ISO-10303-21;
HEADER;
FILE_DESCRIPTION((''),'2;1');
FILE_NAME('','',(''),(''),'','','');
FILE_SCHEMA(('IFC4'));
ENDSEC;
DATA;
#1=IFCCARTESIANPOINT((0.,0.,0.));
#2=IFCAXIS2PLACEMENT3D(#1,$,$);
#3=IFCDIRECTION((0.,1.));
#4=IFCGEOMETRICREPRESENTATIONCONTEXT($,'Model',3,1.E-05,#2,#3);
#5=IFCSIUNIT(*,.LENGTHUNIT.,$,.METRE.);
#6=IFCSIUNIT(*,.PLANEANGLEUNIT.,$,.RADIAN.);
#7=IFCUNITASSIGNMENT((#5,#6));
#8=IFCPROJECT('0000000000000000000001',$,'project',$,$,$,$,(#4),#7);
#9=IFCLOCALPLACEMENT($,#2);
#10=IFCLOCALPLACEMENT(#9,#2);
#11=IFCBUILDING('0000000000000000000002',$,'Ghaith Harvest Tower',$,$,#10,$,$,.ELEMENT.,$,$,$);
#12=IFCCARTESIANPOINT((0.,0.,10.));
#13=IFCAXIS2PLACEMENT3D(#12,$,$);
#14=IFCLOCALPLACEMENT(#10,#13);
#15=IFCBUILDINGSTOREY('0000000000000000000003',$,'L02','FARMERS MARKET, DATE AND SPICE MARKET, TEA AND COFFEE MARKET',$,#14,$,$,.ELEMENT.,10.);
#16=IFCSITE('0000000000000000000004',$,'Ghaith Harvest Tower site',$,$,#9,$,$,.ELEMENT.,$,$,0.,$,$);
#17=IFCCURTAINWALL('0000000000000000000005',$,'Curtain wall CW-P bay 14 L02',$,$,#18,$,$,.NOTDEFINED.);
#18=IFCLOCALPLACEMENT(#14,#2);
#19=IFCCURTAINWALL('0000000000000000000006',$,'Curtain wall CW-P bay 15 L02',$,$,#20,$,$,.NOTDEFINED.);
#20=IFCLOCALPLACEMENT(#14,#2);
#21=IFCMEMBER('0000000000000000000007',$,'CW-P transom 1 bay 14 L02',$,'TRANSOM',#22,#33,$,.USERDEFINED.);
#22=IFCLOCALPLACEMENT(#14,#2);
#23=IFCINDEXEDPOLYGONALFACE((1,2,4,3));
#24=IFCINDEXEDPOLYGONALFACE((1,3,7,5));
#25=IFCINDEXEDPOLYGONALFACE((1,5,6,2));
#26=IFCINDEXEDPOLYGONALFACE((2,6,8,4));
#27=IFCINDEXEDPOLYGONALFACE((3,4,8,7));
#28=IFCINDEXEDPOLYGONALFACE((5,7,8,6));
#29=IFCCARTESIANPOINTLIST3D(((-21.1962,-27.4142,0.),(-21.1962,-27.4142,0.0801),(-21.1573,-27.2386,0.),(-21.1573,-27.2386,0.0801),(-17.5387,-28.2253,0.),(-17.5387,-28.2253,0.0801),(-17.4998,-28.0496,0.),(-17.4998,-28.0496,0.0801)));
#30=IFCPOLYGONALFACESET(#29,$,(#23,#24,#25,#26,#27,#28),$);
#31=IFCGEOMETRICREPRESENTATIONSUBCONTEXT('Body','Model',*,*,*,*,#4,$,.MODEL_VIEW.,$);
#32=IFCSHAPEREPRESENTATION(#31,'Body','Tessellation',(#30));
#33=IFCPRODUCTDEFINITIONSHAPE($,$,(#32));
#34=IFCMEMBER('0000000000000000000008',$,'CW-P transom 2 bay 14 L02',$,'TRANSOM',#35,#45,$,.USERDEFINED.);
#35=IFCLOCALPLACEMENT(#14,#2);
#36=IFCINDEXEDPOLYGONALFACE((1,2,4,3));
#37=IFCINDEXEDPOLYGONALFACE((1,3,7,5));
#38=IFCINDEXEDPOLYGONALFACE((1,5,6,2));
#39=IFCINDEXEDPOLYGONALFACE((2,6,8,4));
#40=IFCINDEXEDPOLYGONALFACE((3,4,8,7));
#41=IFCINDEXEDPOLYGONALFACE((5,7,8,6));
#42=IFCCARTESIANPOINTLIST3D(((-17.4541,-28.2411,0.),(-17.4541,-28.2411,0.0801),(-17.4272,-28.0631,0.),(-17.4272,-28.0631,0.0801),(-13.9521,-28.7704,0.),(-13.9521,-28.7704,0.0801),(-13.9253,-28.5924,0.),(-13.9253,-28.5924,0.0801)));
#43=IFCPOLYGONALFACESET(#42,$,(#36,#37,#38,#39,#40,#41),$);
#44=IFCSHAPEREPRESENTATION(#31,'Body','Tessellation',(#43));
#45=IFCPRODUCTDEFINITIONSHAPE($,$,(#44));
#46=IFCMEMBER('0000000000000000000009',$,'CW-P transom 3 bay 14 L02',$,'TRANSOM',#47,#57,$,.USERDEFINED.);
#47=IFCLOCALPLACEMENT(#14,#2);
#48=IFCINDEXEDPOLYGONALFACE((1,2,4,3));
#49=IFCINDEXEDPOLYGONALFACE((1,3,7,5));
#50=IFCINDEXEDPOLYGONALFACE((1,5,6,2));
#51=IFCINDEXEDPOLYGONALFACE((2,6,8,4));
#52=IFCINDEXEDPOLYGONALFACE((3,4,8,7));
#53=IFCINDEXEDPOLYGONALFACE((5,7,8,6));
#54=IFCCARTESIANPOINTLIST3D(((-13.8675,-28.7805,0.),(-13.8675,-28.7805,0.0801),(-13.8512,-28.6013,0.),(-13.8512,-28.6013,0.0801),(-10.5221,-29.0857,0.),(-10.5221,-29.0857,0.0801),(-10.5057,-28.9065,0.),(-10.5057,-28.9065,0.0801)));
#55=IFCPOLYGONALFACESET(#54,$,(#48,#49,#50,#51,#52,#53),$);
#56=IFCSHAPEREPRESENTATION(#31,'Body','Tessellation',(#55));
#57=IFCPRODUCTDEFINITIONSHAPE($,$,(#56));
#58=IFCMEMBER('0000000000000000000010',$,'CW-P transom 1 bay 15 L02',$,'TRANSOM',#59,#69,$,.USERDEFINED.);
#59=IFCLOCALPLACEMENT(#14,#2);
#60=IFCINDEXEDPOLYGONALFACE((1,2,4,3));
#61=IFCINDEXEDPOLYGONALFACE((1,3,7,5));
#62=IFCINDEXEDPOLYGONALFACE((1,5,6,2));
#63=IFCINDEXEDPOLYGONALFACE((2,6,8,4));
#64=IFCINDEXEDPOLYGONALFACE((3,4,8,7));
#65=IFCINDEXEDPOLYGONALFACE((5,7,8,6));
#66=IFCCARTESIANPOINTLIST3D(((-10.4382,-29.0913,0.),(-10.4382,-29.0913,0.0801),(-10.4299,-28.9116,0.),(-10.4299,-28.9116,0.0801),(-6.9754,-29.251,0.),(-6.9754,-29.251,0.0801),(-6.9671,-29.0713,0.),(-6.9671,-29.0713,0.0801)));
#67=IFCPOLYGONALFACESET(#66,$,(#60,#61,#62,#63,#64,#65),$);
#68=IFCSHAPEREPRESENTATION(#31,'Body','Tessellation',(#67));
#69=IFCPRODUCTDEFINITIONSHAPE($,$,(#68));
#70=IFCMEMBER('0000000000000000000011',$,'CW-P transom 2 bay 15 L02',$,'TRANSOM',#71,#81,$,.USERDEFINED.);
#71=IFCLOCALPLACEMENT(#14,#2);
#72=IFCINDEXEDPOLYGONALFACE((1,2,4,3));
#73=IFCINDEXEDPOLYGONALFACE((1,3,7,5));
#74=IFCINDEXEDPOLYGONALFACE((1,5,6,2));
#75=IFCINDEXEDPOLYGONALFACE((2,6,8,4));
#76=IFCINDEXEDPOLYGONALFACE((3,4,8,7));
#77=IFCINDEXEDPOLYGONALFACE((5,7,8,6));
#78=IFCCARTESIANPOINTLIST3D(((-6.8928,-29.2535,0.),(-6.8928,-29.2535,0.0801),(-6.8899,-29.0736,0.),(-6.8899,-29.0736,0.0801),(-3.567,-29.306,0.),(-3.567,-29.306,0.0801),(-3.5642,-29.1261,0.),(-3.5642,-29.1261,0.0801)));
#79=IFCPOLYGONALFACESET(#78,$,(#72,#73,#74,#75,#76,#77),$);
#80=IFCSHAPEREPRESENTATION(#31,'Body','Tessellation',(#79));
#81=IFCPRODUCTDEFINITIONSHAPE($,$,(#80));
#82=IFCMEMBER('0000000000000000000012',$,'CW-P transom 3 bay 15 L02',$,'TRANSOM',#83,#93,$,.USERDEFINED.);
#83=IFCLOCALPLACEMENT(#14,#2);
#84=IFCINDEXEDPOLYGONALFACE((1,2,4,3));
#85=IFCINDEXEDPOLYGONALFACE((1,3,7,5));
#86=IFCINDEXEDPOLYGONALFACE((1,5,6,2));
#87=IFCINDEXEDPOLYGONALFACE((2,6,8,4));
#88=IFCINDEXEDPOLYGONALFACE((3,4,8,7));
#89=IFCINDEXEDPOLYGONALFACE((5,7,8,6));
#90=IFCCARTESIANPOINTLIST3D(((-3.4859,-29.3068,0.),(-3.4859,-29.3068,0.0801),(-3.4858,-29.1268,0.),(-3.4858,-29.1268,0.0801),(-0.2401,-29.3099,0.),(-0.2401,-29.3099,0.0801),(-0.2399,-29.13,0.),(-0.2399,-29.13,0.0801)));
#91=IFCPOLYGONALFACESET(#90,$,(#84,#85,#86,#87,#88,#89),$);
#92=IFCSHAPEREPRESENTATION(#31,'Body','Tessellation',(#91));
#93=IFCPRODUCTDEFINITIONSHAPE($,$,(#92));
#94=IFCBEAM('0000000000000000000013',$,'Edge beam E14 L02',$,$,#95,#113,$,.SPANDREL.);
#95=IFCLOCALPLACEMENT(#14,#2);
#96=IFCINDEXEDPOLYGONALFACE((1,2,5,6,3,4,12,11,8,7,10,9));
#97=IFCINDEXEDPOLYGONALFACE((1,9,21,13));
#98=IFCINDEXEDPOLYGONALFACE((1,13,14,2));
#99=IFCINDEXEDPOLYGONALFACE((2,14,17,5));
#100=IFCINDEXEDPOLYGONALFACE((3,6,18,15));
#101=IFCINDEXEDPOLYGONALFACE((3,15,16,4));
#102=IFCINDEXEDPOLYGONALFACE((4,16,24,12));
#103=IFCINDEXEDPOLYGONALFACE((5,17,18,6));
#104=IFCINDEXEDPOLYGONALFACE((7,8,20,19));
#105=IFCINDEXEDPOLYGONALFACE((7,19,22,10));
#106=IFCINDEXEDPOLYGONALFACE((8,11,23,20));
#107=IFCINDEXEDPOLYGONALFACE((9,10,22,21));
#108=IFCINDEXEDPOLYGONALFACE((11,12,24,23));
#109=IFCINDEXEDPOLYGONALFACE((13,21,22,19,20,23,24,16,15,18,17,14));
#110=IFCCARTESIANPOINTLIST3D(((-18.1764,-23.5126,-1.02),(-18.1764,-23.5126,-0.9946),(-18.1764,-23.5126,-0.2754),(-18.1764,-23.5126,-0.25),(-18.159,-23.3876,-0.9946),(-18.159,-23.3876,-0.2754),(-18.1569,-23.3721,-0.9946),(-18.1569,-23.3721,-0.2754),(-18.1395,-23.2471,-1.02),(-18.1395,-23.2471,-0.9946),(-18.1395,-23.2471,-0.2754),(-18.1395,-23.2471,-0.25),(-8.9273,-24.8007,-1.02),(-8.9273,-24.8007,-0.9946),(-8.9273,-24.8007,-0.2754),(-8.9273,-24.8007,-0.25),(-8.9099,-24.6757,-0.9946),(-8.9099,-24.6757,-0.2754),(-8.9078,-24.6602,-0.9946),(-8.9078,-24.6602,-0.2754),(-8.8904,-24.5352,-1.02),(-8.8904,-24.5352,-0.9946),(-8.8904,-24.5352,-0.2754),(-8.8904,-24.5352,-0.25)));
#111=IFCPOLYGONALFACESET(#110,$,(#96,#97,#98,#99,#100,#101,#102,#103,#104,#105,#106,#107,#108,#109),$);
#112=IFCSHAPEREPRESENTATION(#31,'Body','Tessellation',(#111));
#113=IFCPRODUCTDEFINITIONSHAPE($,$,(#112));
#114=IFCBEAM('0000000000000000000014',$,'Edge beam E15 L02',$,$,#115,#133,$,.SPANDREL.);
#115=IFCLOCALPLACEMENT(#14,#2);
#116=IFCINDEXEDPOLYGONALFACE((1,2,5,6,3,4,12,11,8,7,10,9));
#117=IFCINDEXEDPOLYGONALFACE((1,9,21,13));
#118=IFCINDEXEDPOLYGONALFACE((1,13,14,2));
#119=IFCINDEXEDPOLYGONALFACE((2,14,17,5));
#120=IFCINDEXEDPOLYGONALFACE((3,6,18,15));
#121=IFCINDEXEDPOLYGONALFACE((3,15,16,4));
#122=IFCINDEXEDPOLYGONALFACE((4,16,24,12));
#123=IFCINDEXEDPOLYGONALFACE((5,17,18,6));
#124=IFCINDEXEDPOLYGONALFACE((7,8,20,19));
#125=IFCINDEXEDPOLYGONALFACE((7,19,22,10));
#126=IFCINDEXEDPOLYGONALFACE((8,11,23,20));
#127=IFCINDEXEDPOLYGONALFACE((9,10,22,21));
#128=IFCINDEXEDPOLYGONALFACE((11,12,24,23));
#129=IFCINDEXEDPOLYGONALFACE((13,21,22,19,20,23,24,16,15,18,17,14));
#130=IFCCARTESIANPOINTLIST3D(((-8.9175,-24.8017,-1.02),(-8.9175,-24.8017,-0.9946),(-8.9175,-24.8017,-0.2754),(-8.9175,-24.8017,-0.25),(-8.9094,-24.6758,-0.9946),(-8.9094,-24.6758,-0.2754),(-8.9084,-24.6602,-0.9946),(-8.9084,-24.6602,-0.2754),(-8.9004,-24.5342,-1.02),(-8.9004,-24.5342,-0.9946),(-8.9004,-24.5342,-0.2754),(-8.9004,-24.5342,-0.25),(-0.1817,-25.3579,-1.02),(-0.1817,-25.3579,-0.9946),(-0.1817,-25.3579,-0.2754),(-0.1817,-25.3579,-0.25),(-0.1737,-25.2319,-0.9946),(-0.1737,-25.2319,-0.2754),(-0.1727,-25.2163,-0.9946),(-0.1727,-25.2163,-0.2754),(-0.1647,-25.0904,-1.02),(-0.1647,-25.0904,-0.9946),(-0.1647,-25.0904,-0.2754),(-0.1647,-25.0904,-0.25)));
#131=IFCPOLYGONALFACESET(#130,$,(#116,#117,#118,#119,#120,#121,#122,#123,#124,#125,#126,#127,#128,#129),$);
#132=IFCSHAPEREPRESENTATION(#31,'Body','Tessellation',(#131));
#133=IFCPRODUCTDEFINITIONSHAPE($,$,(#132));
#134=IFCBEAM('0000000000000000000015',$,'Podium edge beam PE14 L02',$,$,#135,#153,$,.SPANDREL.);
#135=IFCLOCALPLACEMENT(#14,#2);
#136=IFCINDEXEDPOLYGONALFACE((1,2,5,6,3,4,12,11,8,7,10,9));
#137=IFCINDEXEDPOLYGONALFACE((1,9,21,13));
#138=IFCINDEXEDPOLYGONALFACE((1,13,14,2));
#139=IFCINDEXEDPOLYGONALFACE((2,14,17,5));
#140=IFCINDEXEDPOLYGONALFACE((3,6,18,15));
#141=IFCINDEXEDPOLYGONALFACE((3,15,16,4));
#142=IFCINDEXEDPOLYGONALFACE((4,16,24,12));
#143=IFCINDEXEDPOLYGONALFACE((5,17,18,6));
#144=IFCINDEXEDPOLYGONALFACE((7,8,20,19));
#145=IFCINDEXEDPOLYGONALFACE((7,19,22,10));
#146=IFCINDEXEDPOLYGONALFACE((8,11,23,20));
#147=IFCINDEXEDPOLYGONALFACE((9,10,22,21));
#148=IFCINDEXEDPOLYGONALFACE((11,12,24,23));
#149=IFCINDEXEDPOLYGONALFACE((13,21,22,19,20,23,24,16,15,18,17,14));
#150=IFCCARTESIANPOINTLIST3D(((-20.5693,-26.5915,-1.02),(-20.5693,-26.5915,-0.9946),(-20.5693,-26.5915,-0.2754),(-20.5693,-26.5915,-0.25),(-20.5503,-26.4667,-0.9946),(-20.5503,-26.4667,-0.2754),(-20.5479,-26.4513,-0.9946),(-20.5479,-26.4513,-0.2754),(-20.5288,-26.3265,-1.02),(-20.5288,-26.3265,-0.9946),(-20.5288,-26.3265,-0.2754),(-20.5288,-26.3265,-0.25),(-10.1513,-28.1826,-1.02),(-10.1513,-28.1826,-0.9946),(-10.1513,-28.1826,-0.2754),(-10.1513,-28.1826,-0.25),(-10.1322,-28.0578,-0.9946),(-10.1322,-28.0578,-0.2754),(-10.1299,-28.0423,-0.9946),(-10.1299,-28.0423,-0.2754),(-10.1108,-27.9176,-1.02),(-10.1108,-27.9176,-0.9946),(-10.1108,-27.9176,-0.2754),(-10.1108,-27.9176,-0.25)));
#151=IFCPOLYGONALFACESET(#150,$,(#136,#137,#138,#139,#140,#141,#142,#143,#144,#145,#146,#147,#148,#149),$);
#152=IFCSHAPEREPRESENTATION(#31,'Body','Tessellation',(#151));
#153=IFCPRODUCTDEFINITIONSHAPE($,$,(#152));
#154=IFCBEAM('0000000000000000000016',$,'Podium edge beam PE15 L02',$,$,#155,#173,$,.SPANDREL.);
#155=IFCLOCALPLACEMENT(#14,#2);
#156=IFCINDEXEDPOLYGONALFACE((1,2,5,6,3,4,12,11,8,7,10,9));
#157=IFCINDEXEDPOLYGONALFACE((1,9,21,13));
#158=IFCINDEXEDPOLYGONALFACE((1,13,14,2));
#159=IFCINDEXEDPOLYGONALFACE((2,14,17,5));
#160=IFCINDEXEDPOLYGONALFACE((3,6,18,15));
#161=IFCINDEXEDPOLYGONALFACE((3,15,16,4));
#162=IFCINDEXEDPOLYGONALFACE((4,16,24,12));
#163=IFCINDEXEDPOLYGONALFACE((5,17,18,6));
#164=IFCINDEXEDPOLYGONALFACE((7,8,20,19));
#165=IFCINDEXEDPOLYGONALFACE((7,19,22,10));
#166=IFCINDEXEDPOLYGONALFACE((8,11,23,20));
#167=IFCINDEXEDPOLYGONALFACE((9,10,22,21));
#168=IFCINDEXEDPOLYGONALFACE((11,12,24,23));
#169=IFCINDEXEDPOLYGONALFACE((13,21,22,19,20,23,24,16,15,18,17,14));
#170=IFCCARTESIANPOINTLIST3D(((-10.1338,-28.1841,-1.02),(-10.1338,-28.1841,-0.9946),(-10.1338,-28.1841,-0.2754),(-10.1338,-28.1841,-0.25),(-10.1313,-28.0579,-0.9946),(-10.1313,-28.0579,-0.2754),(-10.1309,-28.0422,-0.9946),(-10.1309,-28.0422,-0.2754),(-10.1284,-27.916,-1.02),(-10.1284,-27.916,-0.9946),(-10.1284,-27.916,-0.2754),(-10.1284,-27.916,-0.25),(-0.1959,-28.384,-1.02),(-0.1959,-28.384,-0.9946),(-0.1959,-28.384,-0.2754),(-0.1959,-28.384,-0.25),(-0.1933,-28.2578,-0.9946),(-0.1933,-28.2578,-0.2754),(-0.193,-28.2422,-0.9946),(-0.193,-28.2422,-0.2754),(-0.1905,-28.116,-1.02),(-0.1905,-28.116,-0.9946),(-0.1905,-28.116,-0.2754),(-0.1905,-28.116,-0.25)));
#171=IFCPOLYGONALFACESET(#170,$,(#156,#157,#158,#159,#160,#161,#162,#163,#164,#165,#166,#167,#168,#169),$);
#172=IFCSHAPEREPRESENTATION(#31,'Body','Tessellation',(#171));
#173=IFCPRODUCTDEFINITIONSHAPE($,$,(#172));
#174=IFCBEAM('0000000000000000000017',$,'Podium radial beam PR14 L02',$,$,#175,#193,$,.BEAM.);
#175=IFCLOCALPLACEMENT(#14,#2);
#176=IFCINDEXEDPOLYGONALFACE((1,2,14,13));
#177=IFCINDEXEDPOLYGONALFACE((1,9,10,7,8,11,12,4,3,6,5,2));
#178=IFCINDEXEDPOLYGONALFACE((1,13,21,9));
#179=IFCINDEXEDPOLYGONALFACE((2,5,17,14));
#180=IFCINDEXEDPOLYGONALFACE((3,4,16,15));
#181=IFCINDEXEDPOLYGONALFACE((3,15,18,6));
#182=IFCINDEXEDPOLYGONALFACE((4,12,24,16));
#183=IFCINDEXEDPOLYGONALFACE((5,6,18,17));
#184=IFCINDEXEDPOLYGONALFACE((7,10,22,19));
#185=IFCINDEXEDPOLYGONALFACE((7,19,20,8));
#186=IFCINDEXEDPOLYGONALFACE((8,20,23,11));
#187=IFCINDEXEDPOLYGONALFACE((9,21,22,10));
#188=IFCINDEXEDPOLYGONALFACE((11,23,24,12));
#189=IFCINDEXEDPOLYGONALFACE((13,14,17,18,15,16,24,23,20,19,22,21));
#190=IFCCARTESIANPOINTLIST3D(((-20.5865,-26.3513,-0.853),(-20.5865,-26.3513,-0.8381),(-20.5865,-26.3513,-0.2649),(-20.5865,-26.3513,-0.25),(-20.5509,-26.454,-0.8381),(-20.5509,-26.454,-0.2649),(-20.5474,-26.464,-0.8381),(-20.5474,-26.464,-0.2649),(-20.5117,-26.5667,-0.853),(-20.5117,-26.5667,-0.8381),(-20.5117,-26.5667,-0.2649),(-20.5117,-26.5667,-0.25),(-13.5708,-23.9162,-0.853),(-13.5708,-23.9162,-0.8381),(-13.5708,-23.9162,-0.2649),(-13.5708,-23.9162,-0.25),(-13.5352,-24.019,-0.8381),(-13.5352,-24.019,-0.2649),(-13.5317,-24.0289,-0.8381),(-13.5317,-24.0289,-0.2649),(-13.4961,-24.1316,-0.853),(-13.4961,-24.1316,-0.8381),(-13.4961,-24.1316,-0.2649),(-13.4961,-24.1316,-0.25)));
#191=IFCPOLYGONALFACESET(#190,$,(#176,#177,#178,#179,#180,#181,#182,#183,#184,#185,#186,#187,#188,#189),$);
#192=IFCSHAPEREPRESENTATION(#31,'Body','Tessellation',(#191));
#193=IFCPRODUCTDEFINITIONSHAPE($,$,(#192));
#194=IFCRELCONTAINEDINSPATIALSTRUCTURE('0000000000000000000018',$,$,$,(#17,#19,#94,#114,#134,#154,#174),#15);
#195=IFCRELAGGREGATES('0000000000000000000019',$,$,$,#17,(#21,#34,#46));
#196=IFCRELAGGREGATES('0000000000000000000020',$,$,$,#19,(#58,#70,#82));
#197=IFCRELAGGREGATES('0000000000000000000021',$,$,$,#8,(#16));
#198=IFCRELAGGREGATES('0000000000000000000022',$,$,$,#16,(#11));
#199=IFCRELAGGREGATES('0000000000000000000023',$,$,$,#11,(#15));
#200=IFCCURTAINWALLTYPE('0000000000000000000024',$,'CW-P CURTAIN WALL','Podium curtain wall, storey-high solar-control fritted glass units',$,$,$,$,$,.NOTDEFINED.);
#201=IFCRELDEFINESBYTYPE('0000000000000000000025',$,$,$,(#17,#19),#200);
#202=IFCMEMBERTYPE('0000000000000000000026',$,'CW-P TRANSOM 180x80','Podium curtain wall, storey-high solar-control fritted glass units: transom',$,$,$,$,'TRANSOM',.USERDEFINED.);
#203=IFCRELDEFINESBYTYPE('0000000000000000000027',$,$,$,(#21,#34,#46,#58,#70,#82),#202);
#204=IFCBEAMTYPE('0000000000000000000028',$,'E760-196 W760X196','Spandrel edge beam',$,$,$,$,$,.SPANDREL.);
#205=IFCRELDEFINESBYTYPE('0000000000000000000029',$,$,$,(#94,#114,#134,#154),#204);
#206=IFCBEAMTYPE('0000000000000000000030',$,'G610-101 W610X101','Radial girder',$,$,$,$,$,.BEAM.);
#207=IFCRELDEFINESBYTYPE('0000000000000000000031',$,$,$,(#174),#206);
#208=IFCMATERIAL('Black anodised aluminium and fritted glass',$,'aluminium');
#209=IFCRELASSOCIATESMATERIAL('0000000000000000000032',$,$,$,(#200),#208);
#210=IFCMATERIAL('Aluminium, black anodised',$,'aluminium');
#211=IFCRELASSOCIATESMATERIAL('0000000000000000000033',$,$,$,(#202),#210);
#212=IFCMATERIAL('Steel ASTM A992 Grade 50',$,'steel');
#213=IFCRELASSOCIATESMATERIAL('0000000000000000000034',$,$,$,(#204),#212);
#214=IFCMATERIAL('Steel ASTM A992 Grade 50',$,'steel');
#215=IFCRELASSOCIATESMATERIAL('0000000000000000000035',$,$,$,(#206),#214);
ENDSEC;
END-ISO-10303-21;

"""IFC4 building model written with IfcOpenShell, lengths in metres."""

from ifc_helpers import new_model, si_unit, direction, frame, origin, origin_2d, place, context, subcontext, project, spatial, rectangle, i_section, extrude, material, material_profile, profile_set, type_object, element, aggregate, save


model = new_model("IFC4")

# Units and contexts
model_context = context("Model", 3, precision=1e-05, world=origin(), true_north=direction((0.0, 1.0)))
body_context = subcontext(model_context, "Body", "Model", "MODEL_VIEW")
ifc_project = project(units=[si_unit("LENGTHUNIT", "METRE"), si_unit("PLANEANGLEUNIT", "RADIAN")], contexts=[model_context])

# Site, building, storey
site_placement = place(None, origin())
site = spatial("IfcSite", under=ifc_project, at=site_placement, Name="Ghaith Harvest Tower site", CompositionType="ELEMENT", RefElevation=0.0)
building_placement = place(site_placement, origin())
building = spatial("IfcBuilding", under=site, at=building_placement, Name="Ghaith Harvest Tower", CompositionType="ELEMENT")
storey_placement = place(building_placement, frame((0.0, 0.0, 10.0)))
storey = spatial("IfcBuildingStorey", under=building, at=storey_placement, Name="L02", Description="FARMERS MARKET, DATE AND SPICE MARKET, TEA AND COFFEE MARKET", CompositionType="ELEMENT", Elevation=10.0)

# Curtain walls
ifc_material_1 = material(Name="Black anodised aluminium and fritted glass", Category="aluminium")
curtain_wall_type = type_object("IfcCurtainWallType", Name="CW-P CURTAIN WALL", Description="Podium curtain wall, storey-high solar-control fritted glass units", PredefinedType="NOTDEFINED", material=ifc_material_1)
curtain_wall_1_placement = place(storey_placement, origin())
curtain_wall_1 = element("IfcCurtainWall", 1, at=curtain_wall_1_placement, inside=storey, type_object=curtain_wall_type, Name="Curtain wall CW-P bay 14 L02", PredefinedType="NOTDEFINED")
curtain_wall_2_placement = place(storey_placement, origin())
curtain_wall_2 = element("IfcCurtainWall", 2, at=curtain_wall_2_placement, inside=storey, type_object=curtain_wall_type, Name="Curtain wall CW-P bay 15 L02", PredefinedType="NOTDEFINED")

# Members
ifc_material_2 = material(Name="Aluminium, black anodised", Category="aluminium")
ifc_material_profile_1 = material_profile(ifc_material_2, rectangle(XDim=0.1799, YDim=0.0801, at=origin_2d()), Name="CW-P TRANSOM 180x80")
ifc_profile_set_1 = profile_set([ifc_material_profile_1], Name="Aluminium, black anodised")
member_type_1 = type_object("IfcMemberType", Name="CW-P TRANSOM 180x80", Description="Podium curtain wall, storey-high solar-control fritted glass units: transom", ElementType="TRANSOM", PredefinedType="USERDEFINED", material=ifc_profile_set_1)
member_1_placement = place(storey_placement, frame((-21.1768, -27.3264, 0.04), z_axis=(0.976285, -0.216489, 0.0), x_axis=(0.216489, 0.976285, 0.0)))
member_1 = element("IfcMember", 3, at=member_1_placement, type_object=member_type_1, Name="CW-P transom 1 bay 14 L02", ObjectType="TRANSOM", PredefinedType="USERDEFINED", context=body_context, shape_type="SweptSolid", body=[
    extrude(rectangle(XDim=0.1799, YDim=0.0801, at=origin_2d()), origin(), (0.0, 0.0, 1.0), 3.7463),
])
member_2_placement = place(storey_placement, frame((-17.4407, -28.1521, 0.04), z_axis=(0.98877, -0.149446, 0.0), x_axis=(0.149446, 0.98877, 0.0)))
member_2 = element("IfcMember", 4, at=member_2_placement, type_object=member_type_1, Name="CW-P transom 2 bay 14 L02", ObjectType="TRANSOM", PredefinedType="USERDEFINED", context=body_context, shape_type="SweptSolid", body=[
    extrude(rectangle(XDim=0.1799, YDim=0.0801, at=origin_2d()), origin(), (0.0, 0.0, 1.0), 3.5417),
])
member_3_placement = place(storey_placement, frame((-13.8594, -28.6909, 0.04), z_axis=(0.995865, -0.090844, 0.0), x_axis=(0.090844, 0.995865, 0.0)))
member_3 = element("IfcMember", 5, at=member_3_placement, type_object=member_type_1, Name="CW-P transom 3 bay 14 L02", ObjectType="TRANSOM", PredefinedType="USERDEFINED", context=body_context, shape_type="SweptSolid", body=[
    extrude(rectangle(XDim=0.1799, YDim=0.0801, at=origin_2d()), origin(), (0.0, 0.0, 1.0), 3.3594),
])
member_4_placement = place(storey_placement, frame((-10.4341, -29.0015, 0.04), z_axis=(0.998939, -0.046059, 0.0), x_axis=(0.046059, 0.998939, 0.0)))
member_4 = element("IfcMember", 6, at=member_4_placement, type_object=member_type_1, Name="CW-P transom 1 bay 15 L02", ObjectType="TRANSOM", PredefinedType="USERDEFINED", context=body_context, shape_type="SweptSolid", body=[
    extrude(rectangle(XDim=0.1799, YDim=0.0801, at=origin_2d()), origin(), (0.0, 0.0, 1.0), 3.4666),
])
member_5_placement = place(storey_placement, frame((-6.8914, -29.1636, 0.04), z_axis=(0.999875, -0.015781, 0.0), x_axis=(0.015781, 0.999875, 0.0)))
member_5 = element("IfcMember", 7, at=member_5_placement, type_object=member_type_1, Name="CW-P transom 2 bay 15 L02", ObjectType="TRANSOM", PredefinedType="USERDEFINED", context=body_context, shape_type="SweptSolid", body=[
    extrude(rectangle(XDim=0.1799, YDim=0.0801, at=origin_2d()), origin(), (0.0, 0.0, 1.0), 3.3262),
])
member_6_placement = place(storey_placement, frame((-3.4858, -29.2168, 0.04), z_axis=(1.0, -0.000978, 0.0), x_axis=(0.000978, 1.0, 0.0)))
member_6 = element("IfcMember", 8, at=member_6_placement, type_object=member_type_1, Name="CW-P transom 3 bay 15 L02", ObjectType="TRANSOM", PredefinedType="USERDEFINED", context=body_context, shape_type="SweptSolid", body=[
    extrude(rectangle(XDim=0.1799, YDim=0.0801, at=origin_2d()), origin(), (0.0, 0.0, 1.0), 3.2458),
])

# Beams
ifc_material_3 = material(Name="Steel ASTM A992 Grade 50", Category="steel")
ifc_material_profile_2 = material_profile(ifc_material_3, i_section(OverallWidth=0.2681, OverallDepth=0.77, WebThickness=0.0156, FlangeThickness=0.0254, at=origin_2d()), Name="W760X196")
ifc_profile_set_2 = profile_set([ifc_material_profile_2], Name="Steel ASTM A992 Grade 50")
beam_type_1 = type_object("IfcBeamType", Name="E760-196 W760X196", Description="Spandrel edge beam", PredefinedType="SPANDREL", material=ifc_profile_set_2)
beam_1_placement = place(storey_placement, frame((-18.158, -23.3799, -0.635), z_axis=(0.990441, -0.137936, 0.0), x_axis=(0.137936, 0.990441, 0.0)))
element("IfcBeam", 9, at=beam_1_placement, inside=storey, type_object=beam_type_1, Name="Edge beam E14 L02", PredefinedType="SPANDREL", context=body_context, shape_type="SweptSolid", body=[
    extrude(i_section(OverallWidth=0.2681, OverallDepth=0.77, WebThickness=0.0156, FlangeThickness=0.0254, at=origin_2d()), origin(), (0.0, 0.0, 1.0), 9.3384),
])
beam_2_placement = place(storey_placement, frame((-8.9089, -24.668, -0.635), z_axis=(0.99798, -0.063535, 0.0), x_axis=(0.063535, 0.99798, 0.0)))
element("IfcBeam", 10, at=beam_2_placement, inside=storey, type_object=beam_type_1, Name="Edge beam E15 L02", PredefinedType="SPANDREL", context=body_context, shape_type="SweptSolid", body=[
    extrude(i_section(OverallWidth=0.2681, OverallDepth=0.77, WebThickness=0.0156, FlangeThickness=0.0254, at=origin_2d()), origin(), (0.0, 0.0, 1.0), 8.7534),
])
beam_3_placement = place(storey_placement, frame((-20.5491, -26.459, -0.635), z_axis=(0.988538, -0.150973, 0.0), x_axis=(0.150973, 0.988538, 0.0)))
element("IfcBeam", 11, at=beam_3_placement, inside=storey, type_object=beam_type_1, Name="Podium edge beam PE14 L02", PredefinedType="SPANDREL", context=body_context, shape_type="SweptSolid", body=[
    extrude(i_section(OverallWidth=0.2681, OverallDepth=0.77, WebThickness=0.0156, FlangeThickness=0.0254, at=origin_2d()), origin(), (0.0, 0.0, 1.0), 10.5388),
])
beam_4_placement = place(storey_placement, frame((-10.1311, -28.05, -0.635), z_axis=(0.999798, -0.020116, 0.0), x_axis=(0.020116, 0.999798, 0.0)))
element("IfcBeam", 12, at=beam_4_placement, inside=storey, type_object=beam_type_1, Name="Podium edge beam PE15 L02", PredefinedType="SPANDREL", context=body_context, shape_type="SweptSolid", body=[
    extrude(i_section(OverallWidth=0.2681, OverallDepth=0.77, WebThickness=0.0156, FlangeThickness=0.0254, at=origin_2d()), origin(), (0.0, 0.0, 1.0), 9.9399),
])
ifc_material_4 = material(Name="Steel ASTM A992 Grade 50", Category="steel")
ifc_material_profile_3 = material_profile(ifc_material_4, i_section(OverallWidth=0.228, OverallDepth=0.603, WebThickness=0.0105, FlangeThickness=0.0149, at=origin_2d()), Name="W610X101")
ifc_profile_set_3 = profile_set([ifc_material_profile_3], Name="Steel ASTM A992 Grade 50")
beam_type_2 = type_object("IfcBeamType", Name="G610-101 W610X101", Description="Radial girder", PredefinedType="BEAM", material=ifc_profile_set_3)
beam_5_placement = place(storey_placement, frame((-13.5334, -24.0239, -0.5515), z_axis=(-0.944712, -0.327901, 0.0), x_axis=(0.327901, -0.944712, 0.0)))
element("IfcBeam", 13, at=beam_5_placement, inside=storey, type_object=beam_type_2, Name="Podium radial beam PR14 L02", PredefinedType="BEAM", context=body_context, shape_type="SweptSolid", body=[
    extrude(i_section(OverallWidth=0.228, OverallDepth=0.603, WebThickness=0.0105, FlangeThickness=0.0149, at=origin_2d()), origin(), (0.0, 0.0, 1.0), 7.4263),
])

aggregate(curtain_wall_1, [member_1, member_2, member_3])
aggregate(curtain_wall_2, [member_4, member_5, member_6])

save(model, "model.ifc")
